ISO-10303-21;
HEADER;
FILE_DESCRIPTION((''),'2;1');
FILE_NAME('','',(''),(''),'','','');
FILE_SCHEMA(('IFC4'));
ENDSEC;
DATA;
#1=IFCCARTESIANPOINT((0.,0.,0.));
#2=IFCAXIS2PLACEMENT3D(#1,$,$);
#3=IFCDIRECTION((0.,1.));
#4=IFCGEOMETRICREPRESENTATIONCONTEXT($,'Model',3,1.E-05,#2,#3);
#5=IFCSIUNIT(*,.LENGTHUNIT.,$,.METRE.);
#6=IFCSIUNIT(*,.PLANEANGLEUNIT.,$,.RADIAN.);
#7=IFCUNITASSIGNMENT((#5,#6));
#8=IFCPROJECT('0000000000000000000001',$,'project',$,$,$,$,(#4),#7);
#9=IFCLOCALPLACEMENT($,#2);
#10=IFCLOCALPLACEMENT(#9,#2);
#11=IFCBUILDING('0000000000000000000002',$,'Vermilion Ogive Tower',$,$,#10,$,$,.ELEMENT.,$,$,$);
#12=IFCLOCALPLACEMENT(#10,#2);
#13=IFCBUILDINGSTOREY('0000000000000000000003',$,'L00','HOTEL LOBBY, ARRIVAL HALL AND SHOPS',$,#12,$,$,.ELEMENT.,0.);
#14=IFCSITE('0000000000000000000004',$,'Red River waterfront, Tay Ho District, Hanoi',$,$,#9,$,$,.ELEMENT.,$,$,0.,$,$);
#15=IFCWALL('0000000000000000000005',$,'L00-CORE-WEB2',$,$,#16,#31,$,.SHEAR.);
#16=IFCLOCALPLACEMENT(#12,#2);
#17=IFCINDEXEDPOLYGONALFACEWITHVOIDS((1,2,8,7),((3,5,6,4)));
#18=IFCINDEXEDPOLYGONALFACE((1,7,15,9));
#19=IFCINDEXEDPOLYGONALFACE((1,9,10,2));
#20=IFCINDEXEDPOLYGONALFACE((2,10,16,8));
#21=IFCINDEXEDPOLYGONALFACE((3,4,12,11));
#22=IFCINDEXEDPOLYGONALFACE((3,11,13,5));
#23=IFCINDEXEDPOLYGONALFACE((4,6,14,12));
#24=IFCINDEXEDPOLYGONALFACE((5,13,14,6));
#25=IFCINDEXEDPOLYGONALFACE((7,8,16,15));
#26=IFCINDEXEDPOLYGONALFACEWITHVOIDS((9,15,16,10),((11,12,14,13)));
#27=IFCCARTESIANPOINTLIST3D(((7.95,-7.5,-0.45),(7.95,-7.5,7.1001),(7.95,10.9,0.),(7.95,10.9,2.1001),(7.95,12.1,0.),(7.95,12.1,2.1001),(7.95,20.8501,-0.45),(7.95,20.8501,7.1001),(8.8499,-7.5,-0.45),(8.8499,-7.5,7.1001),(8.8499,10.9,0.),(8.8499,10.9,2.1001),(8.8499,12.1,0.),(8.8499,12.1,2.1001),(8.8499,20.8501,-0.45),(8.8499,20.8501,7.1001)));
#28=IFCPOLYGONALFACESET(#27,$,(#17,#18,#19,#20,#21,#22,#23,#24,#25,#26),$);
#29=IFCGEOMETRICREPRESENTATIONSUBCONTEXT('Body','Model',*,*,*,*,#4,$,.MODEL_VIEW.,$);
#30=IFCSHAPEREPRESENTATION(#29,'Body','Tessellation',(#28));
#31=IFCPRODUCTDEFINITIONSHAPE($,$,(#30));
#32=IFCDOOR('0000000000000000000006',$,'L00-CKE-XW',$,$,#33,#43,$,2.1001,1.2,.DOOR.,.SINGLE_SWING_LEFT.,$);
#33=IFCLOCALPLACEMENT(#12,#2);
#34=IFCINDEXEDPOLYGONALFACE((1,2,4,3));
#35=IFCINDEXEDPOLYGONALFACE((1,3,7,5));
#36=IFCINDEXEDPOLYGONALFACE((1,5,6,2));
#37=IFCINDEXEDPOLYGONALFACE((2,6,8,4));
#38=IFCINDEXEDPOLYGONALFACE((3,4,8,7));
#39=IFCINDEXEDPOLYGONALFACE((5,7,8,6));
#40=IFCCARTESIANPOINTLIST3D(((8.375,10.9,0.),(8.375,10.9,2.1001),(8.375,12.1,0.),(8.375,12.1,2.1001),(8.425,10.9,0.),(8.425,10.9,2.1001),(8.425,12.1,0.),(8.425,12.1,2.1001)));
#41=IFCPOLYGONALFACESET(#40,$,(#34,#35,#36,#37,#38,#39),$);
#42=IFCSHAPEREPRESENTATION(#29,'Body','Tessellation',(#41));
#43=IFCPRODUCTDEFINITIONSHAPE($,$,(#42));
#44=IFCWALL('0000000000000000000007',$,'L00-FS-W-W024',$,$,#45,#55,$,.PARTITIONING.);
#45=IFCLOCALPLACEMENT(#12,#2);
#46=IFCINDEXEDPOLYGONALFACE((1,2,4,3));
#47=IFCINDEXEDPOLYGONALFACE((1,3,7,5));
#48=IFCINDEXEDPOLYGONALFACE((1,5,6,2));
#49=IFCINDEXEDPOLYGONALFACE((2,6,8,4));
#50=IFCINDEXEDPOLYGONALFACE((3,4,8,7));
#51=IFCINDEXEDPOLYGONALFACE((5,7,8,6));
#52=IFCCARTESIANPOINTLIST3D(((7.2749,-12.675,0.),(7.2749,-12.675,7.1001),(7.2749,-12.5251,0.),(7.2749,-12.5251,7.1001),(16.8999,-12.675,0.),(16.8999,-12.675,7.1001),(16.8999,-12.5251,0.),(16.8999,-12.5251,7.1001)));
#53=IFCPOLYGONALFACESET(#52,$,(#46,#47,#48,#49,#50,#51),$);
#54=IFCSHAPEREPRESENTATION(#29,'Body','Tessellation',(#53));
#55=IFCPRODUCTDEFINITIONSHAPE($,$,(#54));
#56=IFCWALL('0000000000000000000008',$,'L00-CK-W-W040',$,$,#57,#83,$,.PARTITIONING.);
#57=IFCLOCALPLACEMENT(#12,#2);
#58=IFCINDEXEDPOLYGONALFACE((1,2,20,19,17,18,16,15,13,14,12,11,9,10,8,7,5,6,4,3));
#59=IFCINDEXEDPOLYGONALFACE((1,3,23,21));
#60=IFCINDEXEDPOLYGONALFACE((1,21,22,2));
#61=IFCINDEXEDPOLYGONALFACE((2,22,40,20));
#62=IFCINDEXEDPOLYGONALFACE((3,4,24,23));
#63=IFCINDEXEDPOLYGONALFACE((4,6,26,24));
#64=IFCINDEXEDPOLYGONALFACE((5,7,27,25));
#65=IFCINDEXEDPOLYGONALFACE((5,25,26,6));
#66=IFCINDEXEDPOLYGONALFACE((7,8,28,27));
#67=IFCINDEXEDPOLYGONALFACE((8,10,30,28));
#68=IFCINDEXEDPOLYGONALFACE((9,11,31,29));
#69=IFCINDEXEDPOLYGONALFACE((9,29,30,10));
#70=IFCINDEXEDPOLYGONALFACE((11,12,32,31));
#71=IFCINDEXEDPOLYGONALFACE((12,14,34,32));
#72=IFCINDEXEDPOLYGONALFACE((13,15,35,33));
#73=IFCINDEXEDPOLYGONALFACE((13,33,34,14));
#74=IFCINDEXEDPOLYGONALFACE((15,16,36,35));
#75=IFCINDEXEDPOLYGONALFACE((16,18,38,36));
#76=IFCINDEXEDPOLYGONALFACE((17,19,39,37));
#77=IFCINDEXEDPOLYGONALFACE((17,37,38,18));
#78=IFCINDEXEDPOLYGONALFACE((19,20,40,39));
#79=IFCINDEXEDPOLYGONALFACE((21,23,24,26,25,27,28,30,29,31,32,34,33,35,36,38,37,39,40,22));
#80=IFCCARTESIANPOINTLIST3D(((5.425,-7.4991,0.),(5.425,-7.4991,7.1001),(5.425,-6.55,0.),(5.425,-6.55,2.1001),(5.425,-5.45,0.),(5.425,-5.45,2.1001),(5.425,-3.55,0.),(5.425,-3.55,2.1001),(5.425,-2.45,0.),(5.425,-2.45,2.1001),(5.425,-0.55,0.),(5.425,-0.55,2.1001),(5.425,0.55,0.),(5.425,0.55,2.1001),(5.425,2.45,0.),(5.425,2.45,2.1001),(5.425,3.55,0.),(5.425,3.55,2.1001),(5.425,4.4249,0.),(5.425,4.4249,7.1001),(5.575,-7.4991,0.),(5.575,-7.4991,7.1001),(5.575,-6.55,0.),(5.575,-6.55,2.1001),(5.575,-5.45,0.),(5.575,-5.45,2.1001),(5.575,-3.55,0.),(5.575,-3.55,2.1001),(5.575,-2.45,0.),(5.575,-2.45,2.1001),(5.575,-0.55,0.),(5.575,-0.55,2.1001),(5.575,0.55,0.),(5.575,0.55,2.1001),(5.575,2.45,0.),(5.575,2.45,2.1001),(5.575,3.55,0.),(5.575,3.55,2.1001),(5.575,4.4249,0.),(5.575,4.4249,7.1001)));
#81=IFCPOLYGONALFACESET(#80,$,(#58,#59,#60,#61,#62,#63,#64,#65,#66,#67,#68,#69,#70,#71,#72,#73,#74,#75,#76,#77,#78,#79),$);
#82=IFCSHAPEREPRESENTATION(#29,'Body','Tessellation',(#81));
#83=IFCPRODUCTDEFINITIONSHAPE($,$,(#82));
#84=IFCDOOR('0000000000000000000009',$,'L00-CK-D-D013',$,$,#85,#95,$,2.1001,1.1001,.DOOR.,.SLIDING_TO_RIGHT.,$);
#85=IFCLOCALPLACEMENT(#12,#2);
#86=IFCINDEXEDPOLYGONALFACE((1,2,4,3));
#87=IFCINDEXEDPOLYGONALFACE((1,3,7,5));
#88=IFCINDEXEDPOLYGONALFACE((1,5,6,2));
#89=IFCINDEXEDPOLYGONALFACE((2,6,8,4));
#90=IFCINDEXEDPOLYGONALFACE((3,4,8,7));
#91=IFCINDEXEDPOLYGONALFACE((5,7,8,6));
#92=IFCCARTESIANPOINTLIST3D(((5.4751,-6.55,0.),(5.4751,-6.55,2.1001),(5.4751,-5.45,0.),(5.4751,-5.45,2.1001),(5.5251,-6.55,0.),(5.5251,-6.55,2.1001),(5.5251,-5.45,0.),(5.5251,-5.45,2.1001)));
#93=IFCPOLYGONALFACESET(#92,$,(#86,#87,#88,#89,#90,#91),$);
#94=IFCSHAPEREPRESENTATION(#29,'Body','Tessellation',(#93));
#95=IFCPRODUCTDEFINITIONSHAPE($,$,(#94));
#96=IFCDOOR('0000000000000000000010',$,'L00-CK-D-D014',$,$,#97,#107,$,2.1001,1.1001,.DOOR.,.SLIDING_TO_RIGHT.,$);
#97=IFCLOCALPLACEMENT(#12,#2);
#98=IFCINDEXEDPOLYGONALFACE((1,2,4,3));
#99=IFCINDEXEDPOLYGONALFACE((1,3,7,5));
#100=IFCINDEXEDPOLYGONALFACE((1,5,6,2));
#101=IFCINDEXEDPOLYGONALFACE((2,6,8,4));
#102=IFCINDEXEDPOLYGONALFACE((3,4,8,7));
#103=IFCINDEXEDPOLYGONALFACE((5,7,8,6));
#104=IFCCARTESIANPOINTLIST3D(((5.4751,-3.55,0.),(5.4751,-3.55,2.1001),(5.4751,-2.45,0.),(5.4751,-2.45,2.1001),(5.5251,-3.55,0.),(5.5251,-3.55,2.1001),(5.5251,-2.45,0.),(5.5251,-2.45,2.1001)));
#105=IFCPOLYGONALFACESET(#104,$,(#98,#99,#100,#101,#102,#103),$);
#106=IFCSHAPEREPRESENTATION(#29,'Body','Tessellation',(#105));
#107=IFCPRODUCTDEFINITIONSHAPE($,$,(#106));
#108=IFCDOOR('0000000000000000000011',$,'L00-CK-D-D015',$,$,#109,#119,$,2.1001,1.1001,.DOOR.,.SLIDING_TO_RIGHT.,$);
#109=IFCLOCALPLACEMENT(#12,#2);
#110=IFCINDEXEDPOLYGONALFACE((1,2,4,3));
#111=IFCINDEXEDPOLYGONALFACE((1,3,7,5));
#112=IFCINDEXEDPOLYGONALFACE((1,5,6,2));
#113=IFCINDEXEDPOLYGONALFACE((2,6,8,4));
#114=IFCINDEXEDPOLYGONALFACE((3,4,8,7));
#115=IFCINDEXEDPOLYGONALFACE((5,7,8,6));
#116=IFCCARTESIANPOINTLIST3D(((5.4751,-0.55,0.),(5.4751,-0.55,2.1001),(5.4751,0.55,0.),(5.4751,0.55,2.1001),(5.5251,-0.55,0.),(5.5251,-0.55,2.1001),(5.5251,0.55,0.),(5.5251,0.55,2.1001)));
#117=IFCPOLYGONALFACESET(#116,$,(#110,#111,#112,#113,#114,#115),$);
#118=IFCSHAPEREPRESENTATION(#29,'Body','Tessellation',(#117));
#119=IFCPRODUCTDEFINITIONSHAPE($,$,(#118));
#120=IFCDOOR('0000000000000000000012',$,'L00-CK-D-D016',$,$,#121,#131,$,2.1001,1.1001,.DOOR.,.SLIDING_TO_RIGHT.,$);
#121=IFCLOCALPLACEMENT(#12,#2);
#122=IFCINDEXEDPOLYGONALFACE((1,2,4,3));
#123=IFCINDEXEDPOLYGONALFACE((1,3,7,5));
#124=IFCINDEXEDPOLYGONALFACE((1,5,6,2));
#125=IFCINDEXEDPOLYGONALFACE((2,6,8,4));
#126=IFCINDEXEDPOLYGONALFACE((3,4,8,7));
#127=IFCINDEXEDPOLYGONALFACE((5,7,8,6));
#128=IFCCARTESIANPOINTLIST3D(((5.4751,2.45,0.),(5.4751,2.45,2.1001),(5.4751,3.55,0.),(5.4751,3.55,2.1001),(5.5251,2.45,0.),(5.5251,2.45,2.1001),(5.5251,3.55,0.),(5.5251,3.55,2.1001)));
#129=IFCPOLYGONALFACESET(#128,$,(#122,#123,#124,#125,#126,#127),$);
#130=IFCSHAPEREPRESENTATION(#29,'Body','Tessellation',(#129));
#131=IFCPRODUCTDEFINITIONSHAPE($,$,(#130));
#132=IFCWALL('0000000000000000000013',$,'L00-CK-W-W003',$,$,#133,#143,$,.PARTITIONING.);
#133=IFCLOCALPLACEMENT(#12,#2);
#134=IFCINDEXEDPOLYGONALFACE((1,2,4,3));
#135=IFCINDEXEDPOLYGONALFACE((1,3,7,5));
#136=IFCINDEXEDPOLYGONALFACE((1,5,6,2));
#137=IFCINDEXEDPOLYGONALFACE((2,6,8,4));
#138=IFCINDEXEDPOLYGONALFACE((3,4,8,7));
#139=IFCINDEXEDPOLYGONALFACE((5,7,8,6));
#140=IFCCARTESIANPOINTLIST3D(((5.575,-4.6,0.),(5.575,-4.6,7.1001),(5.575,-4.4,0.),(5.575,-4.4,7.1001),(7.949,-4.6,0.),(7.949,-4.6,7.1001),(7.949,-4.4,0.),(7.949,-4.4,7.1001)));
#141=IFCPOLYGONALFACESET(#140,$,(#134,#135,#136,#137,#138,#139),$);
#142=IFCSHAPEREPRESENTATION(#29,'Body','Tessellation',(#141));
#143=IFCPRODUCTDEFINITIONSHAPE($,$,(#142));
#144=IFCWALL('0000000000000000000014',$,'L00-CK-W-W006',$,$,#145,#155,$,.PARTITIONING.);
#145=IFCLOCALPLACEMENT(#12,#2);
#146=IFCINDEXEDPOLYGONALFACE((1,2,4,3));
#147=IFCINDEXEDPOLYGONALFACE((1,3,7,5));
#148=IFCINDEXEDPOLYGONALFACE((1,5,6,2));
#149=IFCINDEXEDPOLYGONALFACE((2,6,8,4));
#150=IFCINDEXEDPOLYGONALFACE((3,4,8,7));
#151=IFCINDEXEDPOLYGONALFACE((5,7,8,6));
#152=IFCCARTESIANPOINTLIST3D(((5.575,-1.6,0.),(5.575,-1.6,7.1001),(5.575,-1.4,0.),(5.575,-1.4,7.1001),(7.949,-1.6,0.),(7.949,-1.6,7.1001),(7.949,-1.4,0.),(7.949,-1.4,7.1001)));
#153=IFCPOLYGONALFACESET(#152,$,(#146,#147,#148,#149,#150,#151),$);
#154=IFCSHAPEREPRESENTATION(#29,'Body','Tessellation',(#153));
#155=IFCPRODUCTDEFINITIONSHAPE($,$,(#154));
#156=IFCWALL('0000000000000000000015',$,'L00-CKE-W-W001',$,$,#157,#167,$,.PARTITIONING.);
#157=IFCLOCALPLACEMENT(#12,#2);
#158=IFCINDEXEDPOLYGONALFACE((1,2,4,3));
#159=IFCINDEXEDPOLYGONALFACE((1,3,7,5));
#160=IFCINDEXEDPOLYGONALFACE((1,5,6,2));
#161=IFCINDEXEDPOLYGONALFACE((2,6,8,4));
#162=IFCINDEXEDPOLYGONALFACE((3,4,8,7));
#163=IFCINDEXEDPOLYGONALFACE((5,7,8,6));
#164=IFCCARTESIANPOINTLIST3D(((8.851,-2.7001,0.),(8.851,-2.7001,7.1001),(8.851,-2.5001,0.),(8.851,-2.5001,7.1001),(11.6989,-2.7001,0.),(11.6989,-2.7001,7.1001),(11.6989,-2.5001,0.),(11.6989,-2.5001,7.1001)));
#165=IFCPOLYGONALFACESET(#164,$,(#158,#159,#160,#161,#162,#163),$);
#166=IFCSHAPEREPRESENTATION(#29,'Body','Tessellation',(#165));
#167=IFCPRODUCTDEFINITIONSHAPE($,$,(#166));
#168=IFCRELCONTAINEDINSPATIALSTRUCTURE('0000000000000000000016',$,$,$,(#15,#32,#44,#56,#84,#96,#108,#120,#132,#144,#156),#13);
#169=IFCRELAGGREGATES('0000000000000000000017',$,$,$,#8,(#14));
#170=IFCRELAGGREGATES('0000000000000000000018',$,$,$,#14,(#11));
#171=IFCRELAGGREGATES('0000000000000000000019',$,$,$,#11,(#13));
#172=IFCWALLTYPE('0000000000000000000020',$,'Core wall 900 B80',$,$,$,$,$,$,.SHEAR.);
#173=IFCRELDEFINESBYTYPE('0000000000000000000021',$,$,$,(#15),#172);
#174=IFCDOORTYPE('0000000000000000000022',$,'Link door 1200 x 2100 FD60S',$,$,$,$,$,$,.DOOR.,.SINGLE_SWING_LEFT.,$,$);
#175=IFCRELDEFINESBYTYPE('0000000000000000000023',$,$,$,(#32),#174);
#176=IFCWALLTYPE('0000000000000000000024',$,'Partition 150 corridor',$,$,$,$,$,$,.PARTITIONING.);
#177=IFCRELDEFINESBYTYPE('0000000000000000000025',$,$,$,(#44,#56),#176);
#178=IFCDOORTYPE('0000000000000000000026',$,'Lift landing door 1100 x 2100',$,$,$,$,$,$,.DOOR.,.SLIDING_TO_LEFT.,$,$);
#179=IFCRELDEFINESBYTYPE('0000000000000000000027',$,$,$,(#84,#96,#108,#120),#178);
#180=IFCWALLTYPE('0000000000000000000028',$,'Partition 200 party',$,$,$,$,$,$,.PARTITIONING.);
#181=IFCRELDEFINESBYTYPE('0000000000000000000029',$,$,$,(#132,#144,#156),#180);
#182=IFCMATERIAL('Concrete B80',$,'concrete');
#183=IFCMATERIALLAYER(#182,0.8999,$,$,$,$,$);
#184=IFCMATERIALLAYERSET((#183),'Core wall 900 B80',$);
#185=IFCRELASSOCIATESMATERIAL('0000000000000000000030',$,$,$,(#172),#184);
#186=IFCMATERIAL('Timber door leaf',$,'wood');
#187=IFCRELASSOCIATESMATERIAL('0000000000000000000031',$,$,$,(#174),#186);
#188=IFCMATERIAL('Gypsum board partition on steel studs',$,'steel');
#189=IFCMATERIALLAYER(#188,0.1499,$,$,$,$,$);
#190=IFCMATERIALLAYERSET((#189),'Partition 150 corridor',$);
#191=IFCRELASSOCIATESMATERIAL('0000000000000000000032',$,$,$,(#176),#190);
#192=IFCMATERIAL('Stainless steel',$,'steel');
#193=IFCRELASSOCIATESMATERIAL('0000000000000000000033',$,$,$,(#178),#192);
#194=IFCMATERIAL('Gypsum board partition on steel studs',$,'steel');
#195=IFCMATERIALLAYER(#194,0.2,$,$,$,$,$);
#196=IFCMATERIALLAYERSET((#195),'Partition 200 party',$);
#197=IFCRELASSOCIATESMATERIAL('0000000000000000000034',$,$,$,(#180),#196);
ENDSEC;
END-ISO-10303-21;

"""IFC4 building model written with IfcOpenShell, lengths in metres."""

from ifc_helpers import new_model, si_unit, direction, frame, frame_2d, origin, place, context, subcontext, project, spatial, rectangle, extrude, material, layer, layer_set, type_object, element, fill, save


model = new_model("IFC4")

# Units and contexts
model_context = context("Model", 3, precision=1e-05, world=origin(), true_north=direction((0.0, 1.0)))
body_context = subcontext(model_context, "Body", "Model", "MODEL_VIEW")
ifc_project = project(units=[si_unit("LENGTHUNIT", "METRE"), si_unit("PLANEANGLEUNIT", "RADIAN")], contexts=[model_context])

# Site, building, storey
site_placement = place(None, origin())
site = spatial("IfcSite", under=ifc_project, at=site_placement, Name="Red River waterfront, Tay Ho District, Hanoi", CompositionType="ELEMENT", RefElevation=0.0)
building_placement = place(site_placement, origin())
building = spatial("IfcBuilding", under=site, at=building_placement, Name="Vermilion Ogive Tower", CompositionType="ELEMENT")
storey_placement = place(building_placement, origin())
storey = spatial("IfcBuildingStorey", under=building, at=storey_placement, Name="L00", Description="HOTEL LOBBY, ARRIVAL HALL AND SHOPS", CompositionType="ELEMENT", Elevation=0.0)

# Shared definitions
ifc_material_1 = material(Name="Concrete B80", Category="concrete")
ifc_layer_1 = layer(ifc_material_1, 0.8999)
ifc_layer_set_1 = layer_set([ifc_layer_1], Name="Core wall 900 B80")
wall_type_1 = type_object("IfcWallType", Name="Core wall 900 B80", PredefinedType="SHEAR", material=ifc_layer_set_1)
ifc_material_2 = material(Name="Timber door leaf", Category="wood")
door_type_1 = type_object("IfcDoorType", Name="Link door 1200 x 2100 FD60S", OperationType="SINGLE_SWING_LEFT", PredefinedType="DOOR", material=ifc_material_2)

# Wall, opening, door
wall_1_placement = place(storey_placement, frame((8.3999, -7.5, -0.45), z_axis=(0.0, 0.0, 1.0), x_axis=(0.0, 1.0, 0.0)))
wall_1 = element("IfcWall", 1, at=wall_1_placement, inside=storey, type_object=wall_type_1, Name="L00-CORE-WEB2", PredefinedType="SHEAR", context=body_context, shape_type="SweptSolid", body=[
    extrude(rectangle(XDim=28.3501, YDim=0.8999, at=frame_2d((14.175, 0.0))), origin(), (0.0, 0.0, 1.0), 7.55),
])
opening_1_placement = place(wall_1_placement, frame((18.3999, 0.0, 0.45)))
opening_1 = element("IfcOpeningElement", 2, at=opening_1_placement, cuts=wall_1, PredefinedType="OPENING", context=body_context, shape_type="SweptSolid", body=[
    extrude(rectangle(XDim=1.2, YDim=2.1001, at=frame_2d((0.6001, 1.05))), frame((0.0, 0.46, 0.0), z_axis=(0.0, -1.0, 0.0), x_axis=(1.0, 0.0, 0.0)), (0.0, 0.0, 1.0), 0.9199),
])
door_1_placement = place(opening_1_placement, origin())
door_1 = element("IfcDoor", 3, at=door_1_placement, inside=storey, type_object=door_type_1, Name="L00-CKE-XW", OperationType="SINGLE_SWING_LEFT", OverallHeight=2.1001, OverallWidth=1.2, PredefinedType="DOOR", context=body_context, shape_type="SweptSolid", body=[
    extrude(rectangle(XDim=1.2, YDim=2.1001, at=frame_2d((0.6001, 1.05))), frame((0.0, 0.0249, 0.0), z_axis=(0.0, -1.0, 0.0), x_axis=(1.0, 0.0, 0.0)), (0.0, 0.0, 1.0), 0.05),
])
fill(opening_1, door_1)

# Wall
ifc_material_3 = material(Name="Gypsum board partition on steel studs", Category="steel")
ifc_layer_2 = layer(ifc_material_3, 0.1499)
ifc_layer_set_2 = layer_set([ifc_layer_2], Name="Partition 150 corridor")
wall_type_2 = type_object("IfcWallType", Name="Partition 150 corridor", PredefinedType="PARTITIONING", material=ifc_layer_set_2)
wall_2_placement = place(storey_placement, frame((7.2749, -12.6001, 0.0), z_axis=(0.0, 0.0, 1.0), x_axis=(1.0, 0.0, 0.0)))
element("IfcWall", 4, at=wall_2_placement, inside=storey, type_object=wall_type_2, Name="L00-FS-W-W024", PredefinedType="PARTITIONING", context=body_context, shape_type="SweptSolid", body=[
    extrude(rectangle(XDim=9.625, YDim=0.1499, at=frame_2d((4.8125, 0.0))), origin(), (0.0, 0.0, 1.0), 7.1001),
])

# Wall, openings, doors
wall_3_placement = place(storey_placement, frame((5.5, -7.499, 0.0), z_axis=(0.0, 0.0, 1.0), x_axis=(0.0, 1.0, 0.0)))
wall_3 = element("IfcWall", 5, at=wall_3_placement, inside=storey, type_object=wall_type_2, Name="L00-CK-W-W040", PredefinedType="PARTITIONING", context=body_context, shape_type="SweptSolid", body=[
    extrude(rectangle(XDim=11.9241, YDim=0.1499, at=frame_2d((5.9619, 0.0))), origin(), (0.0, 0.0, 1.0), 7.1001),
])
opening_2_placement = place(wall_3_placement, frame((0.949, 0.0, 0.0)))
opening_2 = element("IfcOpeningElement", 6, at=opening_2_placement, cuts=wall_3, PredefinedType="OPENING", context=body_context, shape_type="SweptSolid", body=[
    extrude(rectangle(XDim=1.1001, YDim=2.1001, at=frame_2d((0.55, 1.05))), frame((0.0, 0.085, 0.0), z_axis=(0.0, -1.0, 0.0), x_axis=(1.0, 0.0, 0.0)), (0.0, 0.0, 1.0), 0.1699),
])
opening_3_placement = place(wall_3_placement, frame((3.949, 0.0, 0.0)))
opening_3 = element("IfcOpeningElement", 7, at=opening_3_placement, cuts=wall_3, PredefinedType="OPENING", context=body_context, shape_type="SweptSolid", body=[
    extrude(rectangle(XDim=1.1001, YDim=2.1001, at=frame_2d((0.55, 1.05))), frame((0.0, 0.085, 0.0), z_axis=(0.0, -1.0, 0.0), x_axis=(1.0, 0.0, 0.0)), (0.0, 0.0, 1.0), 0.1699),
])
opening_4_placement = place(wall_3_placement, frame((6.949, 0.0, 0.0)))
opening_4 = element("IfcOpeningElement", 8, at=opening_4_placement, cuts=wall_3, PredefinedType="OPENING", context=body_context, shape_type="SweptSolid", body=[
    extrude(rectangle(XDim=1.1001, YDim=2.1001, at=frame_2d((0.55, 1.05))), frame((0.0, 0.085, 0.0), z_axis=(0.0, -1.0, 0.0), x_axis=(1.0, 0.0, 0.0)), (0.0, 0.0, 1.0), 0.1699),
])
opening_5_placement = place(wall_3_placement, frame((9.949, 0.0, 0.0)))
opening_5 = element("IfcOpeningElement", 9, at=opening_5_placement, cuts=wall_3, PredefinedType="OPENING", context=body_context, shape_type="SweptSolid", body=[
    extrude(rectangle(XDim=1.1001, YDim=2.1001, at=frame_2d((0.55, 1.05))), frame((0.0, 0.085, 0.0), z_axis=(0.0, -1.0, 0.0), x_axis=(1.0, 0.0, 0.0)), (0.0, 0.0, 1.0), 0.1699),
])
ifc_material_4 = material(Name="Stainless steel", Category="steel")
door_type_2 = type_object("IfcDoorType", Name="Lift landing door 1100 x 2100", OperationType="SLIDING_TO_LEFT", PredefinedType="DOOR", material=ifc_material_4)
door_2_placement = place(opening_2_placement, origin())
door_2 = element("IfcDoor", 10, at=door_2_placement, inside=storey, type_object=door_type_2, Name="L00-CK-D-D013", OperationType="SLIDING_TO_RIGHT", OverallHeight=2.1001, OverallWidth=1.1001, PredefinedType="DOOR", context=body_context, shape_type="SweptSolid", body=[
    extrude(rectangle(XDim=1.1001, YDim=2.1001, at=frame_2d((0.55, 1.05))), frame((0.0, 0.0249, 0.0), z_axis=(0.0, -1.0, 0.0), x_axis=(1.0, 0.0, 0.0)), (0.0, 0.0, 1.0), 0.05),
])
fill(opening_2, door_2)
door_3_placement = place(opening_3_placement, origin())
door_3 = element("IfcDoor", 11, at=door_3_placement, inside=storey, type_object=door_type_2, Name="L00-CK-D-D014", OperationType="SLIDING_TO_RIGHT", OverallHeight=2.1001, OverallWidth=1.1001, PredefinedType="DOOR", context=body_context, shape_type="SweptSolid", body=[
    extrude(rectangle(XDim=1.1001, YDim=2.1001, at=frame_2d((0.55, 1.05))), frame((0.0, 0.0249, 0.0), z_axis=(0.0, -1.0, 0.0), x_axis=(1.0, 0.0, 0.0)), (0.0, 0.0, 1.0), 0.05),
])
fill(opening_3, door_3)
door_4_placement = place(opening_4_placement, origin())
door_4 = element("IfcDoor", 12, at=door_4_placement, inside=storey, type_object=door_type_2, Name="L00-CK-D-D015", OperationType="SLIDING_TO_RIGHT", OverallHeight=2.1001, OverallWidth=1.1001, PredefinedType="DOOR", context=body_context, shape_type="SweptSolid", body=[
    extrude(rectangle(XDim=1.1001, YDim=2.1001, at=frame_2d((0.55, 1.05))), frame((0.0, 0.0249, 0.0), z_axis=(0.0, -1.0, 0.0), x_axis=(1.0, 0.0, 0.0)), (0.0, 0.0, 1.0), 0.05),
])
fill(opening_4, door_4)
door_5_placement = place(opening_5_placement, origin())
door_5 = element("IfcDoor", 13, at=door_5_placement, inside=storey, type_object=door_type_2, Name="L00-CK-D-D016", OperationType="SLIDING_TO_RIGHT", OverallHeight=2.1001, OverallWidth=1.1001, PredefinedType="DOOR", context=body_context, shape_type="SweptSolid", body=[
    extrude(rectangle(XDim=1.1001, YDim=2.1001, at=frame_2d((0.55, 1.05))), frame((0.0, 0.0249, 0.0), z_axis=(0.0, -1.0, 0.0), x_axis=(1.0, 0.0, 0.0)), (0.0, 0.0, 1.0), 0.05),
])
fill(opening_5, door_5)

# Walls
ifc_material_5 = material(Name="Gypsum board partition on steel studs", Category="steel")
ifc_layer_3 = layer(ifc_material_5, 0.2)
ifc_layer_set_3 = layer_set([ifc_layer_3], Name="Partition 200 party")
wall_type_3 = type_object("IfcWallType", Name="Partition 200 party", PredefinedType="PARTITIONING", material=ifc_layer_set_3)
for number, where, z_axis, x_axis, name in (
    (14, (5.575, -4.5, 0.0), (0.0, 0.0, 1.0), (1.0, 0.0, 0.0), "L00-CK-W-W003"),
    (15, (5.575, -1.5, 0.0), (0.0, 0.0, 1.0), (1.0, 0.0, 0.0), "L00-CK-W-W006"),
):
    element("IfcWall", number, at=place(storey_placement, frame(where, z_axis=z_axis, x_axis=x_axis)), inside=storey, type_object=wall_type_3, Name=name, PredefinedType="PARTITIONING", context=body_context, shape_type="SweptSolid", body=[
        extrude(rectangle(XDim=2.374, YDim=0.2, at=frame_2d((1.187, 0.0))), origin(), (0.0, 0.0, 1.0), 7.1001),
    ])
wall_4_placement = place(storey_placement, frame((8.8511, -2.6001, 0.0), z_axis=(0.0, 0.0, 1.0), x_axis=(1.0, 0.0, 0.0)))
element("IfcWall", 16, at=wall_4_placement, inside=storey, type_object=wall_type_3, Name="L00-CKE-W-W001", PredefinedType="PARTITIONING", context=body_context, shape_type="SweptSolid", body=[
    extrude(rectangle(XDim=2.8479, YDim=0.2, at=frame_2d((1.4238, 0.0))), origin(), (0.0, 0.0, 1.0), 7.1001),
])

save(model, "model.ifc")
